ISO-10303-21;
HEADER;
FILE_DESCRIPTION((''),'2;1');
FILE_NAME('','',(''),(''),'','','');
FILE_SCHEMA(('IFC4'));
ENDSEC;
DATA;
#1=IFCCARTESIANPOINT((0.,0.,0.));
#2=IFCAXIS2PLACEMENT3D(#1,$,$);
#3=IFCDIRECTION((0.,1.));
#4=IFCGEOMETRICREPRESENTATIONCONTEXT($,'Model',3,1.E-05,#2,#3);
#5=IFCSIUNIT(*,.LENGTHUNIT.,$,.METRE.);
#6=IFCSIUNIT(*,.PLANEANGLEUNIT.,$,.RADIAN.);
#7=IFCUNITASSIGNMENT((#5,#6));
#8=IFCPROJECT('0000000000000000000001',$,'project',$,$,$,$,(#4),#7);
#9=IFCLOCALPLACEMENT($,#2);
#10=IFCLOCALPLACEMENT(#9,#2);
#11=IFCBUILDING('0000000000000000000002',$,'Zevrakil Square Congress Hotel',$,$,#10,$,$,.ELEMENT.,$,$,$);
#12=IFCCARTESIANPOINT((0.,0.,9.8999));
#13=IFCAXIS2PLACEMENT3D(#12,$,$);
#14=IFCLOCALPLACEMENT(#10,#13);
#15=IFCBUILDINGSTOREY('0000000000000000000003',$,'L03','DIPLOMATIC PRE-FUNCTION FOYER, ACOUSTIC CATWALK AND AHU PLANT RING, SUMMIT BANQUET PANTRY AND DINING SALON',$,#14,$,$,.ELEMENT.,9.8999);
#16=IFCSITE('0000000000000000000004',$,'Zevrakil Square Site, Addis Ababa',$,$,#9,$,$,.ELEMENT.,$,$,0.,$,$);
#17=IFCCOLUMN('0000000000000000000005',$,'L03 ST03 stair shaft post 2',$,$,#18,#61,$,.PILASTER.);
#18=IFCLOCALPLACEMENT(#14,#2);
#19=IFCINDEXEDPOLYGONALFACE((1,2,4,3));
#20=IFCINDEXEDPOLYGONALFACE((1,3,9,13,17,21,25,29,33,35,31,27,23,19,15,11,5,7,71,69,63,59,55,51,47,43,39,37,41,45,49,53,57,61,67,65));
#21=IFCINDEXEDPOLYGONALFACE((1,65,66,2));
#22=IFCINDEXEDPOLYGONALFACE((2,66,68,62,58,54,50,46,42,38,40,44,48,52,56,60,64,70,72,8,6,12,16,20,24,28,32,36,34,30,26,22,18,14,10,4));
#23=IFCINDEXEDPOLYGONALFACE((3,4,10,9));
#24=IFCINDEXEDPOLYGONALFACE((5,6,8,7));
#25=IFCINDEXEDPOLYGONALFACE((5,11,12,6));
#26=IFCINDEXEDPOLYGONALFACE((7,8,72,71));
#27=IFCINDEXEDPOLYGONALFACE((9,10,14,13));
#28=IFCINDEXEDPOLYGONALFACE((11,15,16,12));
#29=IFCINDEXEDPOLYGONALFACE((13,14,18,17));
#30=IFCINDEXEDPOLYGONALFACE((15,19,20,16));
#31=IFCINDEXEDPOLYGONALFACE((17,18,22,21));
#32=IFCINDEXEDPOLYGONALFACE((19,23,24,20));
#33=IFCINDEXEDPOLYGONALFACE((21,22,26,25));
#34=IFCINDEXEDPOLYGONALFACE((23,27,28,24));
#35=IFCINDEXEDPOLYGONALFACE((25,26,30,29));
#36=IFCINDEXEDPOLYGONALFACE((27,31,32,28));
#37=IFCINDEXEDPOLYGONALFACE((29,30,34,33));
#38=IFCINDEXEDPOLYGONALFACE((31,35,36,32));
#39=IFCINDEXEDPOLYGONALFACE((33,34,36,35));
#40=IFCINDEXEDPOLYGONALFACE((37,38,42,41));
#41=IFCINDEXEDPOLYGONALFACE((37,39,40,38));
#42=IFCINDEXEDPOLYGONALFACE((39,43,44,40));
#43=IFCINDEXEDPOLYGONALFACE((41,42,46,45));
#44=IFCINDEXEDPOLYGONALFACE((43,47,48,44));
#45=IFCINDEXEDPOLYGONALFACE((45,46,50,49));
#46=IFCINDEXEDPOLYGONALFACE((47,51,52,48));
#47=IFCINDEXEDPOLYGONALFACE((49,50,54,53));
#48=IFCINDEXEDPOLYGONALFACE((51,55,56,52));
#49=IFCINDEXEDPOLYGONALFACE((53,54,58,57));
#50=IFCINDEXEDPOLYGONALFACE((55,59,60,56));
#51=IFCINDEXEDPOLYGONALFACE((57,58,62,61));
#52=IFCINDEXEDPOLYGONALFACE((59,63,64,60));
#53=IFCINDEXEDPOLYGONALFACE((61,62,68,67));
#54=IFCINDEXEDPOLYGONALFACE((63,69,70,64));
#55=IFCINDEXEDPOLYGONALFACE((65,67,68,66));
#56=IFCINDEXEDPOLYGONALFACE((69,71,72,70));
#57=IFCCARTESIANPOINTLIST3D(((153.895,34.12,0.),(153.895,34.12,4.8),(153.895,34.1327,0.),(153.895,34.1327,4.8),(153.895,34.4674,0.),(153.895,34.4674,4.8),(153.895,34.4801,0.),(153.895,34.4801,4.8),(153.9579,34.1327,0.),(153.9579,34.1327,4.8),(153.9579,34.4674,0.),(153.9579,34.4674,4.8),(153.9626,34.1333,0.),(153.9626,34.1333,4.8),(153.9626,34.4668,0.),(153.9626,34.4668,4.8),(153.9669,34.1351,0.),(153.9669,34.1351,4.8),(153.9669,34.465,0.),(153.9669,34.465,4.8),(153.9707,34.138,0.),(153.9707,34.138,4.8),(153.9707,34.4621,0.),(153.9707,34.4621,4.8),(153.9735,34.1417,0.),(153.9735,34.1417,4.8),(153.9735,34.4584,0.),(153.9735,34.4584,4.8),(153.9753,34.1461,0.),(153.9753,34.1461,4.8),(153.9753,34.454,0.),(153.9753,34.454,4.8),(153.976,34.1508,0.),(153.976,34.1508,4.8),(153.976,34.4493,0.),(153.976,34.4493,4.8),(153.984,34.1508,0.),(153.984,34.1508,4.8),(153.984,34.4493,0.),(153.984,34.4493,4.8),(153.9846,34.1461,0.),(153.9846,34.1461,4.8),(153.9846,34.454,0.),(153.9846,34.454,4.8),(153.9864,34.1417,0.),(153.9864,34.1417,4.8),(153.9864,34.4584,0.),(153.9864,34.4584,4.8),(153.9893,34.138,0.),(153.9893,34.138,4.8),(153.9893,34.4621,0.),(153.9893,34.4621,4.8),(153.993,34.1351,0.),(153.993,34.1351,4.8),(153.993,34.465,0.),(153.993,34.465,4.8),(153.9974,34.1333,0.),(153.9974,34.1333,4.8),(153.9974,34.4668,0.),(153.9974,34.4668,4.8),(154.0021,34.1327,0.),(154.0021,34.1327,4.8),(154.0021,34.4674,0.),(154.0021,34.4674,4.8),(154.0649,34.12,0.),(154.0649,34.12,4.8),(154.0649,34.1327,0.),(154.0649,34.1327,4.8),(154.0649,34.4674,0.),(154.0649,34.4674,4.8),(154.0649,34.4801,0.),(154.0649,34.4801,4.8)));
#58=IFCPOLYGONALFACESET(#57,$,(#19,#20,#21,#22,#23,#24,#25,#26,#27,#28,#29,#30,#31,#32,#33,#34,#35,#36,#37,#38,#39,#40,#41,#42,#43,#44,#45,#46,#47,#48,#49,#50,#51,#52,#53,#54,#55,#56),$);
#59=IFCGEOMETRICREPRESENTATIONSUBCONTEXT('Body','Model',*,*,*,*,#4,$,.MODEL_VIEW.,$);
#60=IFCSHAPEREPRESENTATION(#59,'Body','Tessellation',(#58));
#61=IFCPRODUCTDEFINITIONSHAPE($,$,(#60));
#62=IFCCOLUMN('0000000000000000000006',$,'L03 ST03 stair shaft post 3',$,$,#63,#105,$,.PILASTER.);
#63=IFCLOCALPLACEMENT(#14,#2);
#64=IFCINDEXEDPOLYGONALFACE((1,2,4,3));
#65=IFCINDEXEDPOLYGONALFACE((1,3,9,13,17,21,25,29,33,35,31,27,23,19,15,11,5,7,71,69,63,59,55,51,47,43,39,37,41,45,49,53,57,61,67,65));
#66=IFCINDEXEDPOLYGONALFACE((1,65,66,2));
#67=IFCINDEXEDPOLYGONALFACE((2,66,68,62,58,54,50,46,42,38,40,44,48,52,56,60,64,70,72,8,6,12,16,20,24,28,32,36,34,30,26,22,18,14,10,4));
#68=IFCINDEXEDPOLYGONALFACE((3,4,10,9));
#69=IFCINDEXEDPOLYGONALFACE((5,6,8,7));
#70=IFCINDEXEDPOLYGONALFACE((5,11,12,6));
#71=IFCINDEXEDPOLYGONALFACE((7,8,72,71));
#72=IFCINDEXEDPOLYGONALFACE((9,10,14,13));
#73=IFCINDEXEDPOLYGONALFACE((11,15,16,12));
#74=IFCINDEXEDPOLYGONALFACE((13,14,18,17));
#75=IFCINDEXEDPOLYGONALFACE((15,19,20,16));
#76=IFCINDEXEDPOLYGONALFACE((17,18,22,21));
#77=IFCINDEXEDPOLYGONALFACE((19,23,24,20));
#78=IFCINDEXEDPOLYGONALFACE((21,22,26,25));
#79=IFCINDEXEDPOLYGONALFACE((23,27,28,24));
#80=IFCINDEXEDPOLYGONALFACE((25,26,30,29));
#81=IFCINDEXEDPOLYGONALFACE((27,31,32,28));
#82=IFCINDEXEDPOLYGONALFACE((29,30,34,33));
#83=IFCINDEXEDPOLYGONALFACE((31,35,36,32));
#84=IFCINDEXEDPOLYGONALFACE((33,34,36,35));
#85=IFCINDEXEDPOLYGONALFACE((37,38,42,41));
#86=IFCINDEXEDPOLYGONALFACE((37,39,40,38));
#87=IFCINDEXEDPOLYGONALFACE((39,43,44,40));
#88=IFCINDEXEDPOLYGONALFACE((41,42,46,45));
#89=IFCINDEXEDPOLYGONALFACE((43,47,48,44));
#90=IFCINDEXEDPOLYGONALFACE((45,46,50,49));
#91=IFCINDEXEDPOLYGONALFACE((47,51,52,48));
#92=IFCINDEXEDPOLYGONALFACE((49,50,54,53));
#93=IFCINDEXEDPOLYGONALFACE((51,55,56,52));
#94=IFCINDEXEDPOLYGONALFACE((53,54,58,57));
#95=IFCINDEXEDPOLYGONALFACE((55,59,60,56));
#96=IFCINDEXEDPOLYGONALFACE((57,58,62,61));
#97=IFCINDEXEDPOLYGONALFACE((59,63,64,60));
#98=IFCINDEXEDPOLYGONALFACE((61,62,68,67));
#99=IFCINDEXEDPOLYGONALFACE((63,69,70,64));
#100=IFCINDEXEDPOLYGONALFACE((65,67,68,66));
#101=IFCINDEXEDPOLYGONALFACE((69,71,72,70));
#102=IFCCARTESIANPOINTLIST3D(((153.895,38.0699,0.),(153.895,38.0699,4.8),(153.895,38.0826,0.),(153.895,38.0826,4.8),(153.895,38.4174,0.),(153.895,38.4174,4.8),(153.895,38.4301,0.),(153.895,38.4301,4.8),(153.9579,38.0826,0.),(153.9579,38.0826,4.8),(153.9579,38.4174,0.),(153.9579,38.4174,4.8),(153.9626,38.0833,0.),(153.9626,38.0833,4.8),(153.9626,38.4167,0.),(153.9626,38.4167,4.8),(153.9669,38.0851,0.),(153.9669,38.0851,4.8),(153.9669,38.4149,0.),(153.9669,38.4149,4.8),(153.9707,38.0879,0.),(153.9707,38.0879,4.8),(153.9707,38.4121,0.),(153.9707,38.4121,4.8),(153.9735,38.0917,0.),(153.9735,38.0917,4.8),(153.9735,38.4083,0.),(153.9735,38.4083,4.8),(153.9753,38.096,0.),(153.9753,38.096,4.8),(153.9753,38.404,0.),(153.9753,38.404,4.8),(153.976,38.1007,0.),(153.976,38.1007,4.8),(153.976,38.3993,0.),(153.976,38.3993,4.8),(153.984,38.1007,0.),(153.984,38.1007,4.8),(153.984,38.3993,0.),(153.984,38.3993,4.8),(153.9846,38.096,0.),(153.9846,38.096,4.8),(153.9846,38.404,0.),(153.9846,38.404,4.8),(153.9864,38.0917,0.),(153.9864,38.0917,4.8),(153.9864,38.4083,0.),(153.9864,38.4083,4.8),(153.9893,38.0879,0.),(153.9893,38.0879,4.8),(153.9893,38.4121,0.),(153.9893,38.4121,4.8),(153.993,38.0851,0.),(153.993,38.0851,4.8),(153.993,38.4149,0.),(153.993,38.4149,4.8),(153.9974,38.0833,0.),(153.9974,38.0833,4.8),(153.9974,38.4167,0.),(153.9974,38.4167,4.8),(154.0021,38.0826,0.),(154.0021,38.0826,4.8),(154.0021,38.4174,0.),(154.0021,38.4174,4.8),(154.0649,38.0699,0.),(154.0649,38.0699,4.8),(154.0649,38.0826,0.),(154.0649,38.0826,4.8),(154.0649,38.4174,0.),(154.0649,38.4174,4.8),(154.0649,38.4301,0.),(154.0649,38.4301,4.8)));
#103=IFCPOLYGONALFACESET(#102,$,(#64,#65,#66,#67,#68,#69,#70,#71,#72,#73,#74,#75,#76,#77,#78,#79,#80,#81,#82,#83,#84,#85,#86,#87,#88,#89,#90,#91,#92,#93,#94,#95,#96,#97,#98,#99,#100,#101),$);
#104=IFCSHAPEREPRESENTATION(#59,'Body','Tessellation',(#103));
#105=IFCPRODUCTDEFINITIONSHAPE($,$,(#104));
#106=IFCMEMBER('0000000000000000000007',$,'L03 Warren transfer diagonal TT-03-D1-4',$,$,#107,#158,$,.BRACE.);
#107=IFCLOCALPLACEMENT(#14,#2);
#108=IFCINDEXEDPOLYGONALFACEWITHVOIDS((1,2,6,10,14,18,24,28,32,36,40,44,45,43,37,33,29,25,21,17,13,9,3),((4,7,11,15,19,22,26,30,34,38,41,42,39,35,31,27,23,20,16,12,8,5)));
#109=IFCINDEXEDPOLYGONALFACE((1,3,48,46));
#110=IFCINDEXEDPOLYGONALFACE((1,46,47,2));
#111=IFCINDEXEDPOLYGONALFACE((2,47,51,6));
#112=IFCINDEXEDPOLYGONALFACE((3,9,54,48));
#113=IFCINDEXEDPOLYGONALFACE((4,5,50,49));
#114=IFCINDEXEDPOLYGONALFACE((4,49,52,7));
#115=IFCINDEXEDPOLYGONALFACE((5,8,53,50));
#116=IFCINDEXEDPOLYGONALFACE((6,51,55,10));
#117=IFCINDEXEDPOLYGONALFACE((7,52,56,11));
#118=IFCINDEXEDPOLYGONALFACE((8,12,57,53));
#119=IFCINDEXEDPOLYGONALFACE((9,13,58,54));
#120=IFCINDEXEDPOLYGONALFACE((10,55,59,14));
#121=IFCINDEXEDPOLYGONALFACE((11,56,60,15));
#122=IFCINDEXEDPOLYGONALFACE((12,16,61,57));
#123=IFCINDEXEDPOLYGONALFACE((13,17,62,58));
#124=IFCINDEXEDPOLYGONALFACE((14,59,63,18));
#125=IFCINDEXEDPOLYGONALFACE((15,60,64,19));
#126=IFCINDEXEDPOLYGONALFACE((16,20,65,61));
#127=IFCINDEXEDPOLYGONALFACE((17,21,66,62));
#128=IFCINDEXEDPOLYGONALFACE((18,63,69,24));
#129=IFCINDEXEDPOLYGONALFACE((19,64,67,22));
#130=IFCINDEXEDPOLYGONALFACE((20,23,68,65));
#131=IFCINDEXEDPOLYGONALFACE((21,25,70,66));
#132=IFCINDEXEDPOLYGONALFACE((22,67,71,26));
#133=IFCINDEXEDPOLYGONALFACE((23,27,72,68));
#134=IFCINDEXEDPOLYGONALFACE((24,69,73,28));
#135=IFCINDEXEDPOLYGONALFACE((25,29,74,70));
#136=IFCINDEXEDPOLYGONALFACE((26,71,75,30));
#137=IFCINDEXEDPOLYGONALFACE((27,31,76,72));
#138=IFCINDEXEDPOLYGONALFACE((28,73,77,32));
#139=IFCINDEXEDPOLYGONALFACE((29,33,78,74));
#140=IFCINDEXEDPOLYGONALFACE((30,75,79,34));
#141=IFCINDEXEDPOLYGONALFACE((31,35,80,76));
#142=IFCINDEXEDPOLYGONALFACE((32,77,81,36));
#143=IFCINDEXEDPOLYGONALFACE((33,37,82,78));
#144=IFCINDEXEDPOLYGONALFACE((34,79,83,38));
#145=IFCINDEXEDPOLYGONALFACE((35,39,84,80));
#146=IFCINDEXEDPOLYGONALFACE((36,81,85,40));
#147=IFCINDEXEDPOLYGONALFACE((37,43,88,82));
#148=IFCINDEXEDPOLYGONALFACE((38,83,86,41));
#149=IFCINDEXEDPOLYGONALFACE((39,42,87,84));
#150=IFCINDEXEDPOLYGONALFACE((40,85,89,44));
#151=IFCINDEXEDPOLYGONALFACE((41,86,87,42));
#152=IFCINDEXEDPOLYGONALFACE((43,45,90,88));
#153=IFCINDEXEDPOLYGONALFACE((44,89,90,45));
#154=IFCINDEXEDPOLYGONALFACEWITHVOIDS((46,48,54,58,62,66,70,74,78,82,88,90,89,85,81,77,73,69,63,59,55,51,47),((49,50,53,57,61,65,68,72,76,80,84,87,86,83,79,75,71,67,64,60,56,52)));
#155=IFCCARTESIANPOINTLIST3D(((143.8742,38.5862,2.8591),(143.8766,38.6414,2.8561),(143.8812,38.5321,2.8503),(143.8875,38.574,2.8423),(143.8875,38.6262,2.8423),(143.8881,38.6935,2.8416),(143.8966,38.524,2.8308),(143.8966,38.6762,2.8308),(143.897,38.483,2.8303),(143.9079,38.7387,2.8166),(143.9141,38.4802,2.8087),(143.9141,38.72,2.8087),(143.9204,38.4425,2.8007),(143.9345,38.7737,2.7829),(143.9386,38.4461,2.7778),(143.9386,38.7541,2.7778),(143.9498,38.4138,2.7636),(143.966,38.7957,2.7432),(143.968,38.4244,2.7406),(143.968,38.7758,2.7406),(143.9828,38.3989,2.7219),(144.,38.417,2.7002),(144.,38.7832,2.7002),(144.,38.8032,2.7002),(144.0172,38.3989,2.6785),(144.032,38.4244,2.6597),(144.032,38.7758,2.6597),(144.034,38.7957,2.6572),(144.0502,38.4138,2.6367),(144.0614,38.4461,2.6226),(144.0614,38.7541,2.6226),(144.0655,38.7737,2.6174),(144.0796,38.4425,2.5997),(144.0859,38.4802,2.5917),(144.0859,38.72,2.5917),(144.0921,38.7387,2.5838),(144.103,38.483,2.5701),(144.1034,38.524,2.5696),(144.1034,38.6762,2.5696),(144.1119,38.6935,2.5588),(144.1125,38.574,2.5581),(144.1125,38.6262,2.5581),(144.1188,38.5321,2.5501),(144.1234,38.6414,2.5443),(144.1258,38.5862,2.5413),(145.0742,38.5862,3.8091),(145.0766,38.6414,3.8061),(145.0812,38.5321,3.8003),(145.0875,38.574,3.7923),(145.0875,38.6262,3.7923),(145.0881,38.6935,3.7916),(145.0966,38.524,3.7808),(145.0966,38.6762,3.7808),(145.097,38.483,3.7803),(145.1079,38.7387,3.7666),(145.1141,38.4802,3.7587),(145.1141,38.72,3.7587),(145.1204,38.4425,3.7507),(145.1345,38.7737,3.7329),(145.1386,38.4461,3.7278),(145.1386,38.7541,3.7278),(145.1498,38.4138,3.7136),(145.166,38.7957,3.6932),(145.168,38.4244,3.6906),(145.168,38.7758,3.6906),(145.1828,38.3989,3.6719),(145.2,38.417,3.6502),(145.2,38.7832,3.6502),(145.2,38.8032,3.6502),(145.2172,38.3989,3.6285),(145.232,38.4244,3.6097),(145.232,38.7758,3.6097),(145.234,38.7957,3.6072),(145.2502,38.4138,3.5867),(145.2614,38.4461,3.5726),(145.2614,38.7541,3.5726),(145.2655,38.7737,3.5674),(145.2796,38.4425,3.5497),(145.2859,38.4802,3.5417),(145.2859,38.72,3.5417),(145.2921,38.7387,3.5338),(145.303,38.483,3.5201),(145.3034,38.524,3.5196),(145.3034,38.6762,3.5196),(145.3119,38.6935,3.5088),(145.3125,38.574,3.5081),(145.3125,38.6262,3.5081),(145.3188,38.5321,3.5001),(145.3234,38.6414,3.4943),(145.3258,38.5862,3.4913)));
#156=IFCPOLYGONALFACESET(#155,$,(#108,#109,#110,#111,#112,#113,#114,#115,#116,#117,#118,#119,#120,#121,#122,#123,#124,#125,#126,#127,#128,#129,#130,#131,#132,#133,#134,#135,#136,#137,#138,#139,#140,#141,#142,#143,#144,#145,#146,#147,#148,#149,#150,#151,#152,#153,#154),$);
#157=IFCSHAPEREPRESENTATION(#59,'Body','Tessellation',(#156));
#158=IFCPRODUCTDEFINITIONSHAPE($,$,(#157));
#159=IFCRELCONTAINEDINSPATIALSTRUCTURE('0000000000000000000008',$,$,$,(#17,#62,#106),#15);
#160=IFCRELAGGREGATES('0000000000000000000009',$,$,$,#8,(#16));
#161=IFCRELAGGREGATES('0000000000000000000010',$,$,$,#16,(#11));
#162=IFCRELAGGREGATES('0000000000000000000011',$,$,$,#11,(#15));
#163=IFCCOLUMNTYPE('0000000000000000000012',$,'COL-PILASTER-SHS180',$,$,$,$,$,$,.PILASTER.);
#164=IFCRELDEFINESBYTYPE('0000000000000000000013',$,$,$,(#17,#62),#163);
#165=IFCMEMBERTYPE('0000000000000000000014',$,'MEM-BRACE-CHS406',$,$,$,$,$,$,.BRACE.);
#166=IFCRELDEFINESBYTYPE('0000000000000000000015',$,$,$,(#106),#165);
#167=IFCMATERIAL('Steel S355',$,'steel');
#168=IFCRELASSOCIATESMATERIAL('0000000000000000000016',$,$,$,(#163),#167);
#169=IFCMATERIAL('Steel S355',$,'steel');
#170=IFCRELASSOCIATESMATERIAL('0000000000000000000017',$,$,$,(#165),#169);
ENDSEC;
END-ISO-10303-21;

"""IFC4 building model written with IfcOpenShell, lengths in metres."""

from ifc_helpers import new_model, si_unit, direction, frame, origin, origin_2d, place, context, subcontext, project, spatial, hollow_circle, i_section, extrude, material, material_profile, profile_set, type_object, element, save


model = new_model("IFC4")

# Units and contexts
model_context = context("Model", 3, precision=1e-05, world=origin(), true_north=direction((0.0, 1.0)))
body_context = subcontext(model_context, "Body", "Model", "MODEL_VIEW")
ifc_project = project(units=[si_unit("LENGTHUNIT", "METRE"), si_unit("PLANEANGLEUNIT", "RADIAN")], contexts=[model_context])

# Site, building, storey
site_placement = place(None, origin())
site = spatial("IfcSite", under=ifc_project, at=site_placement, Name="Zevrakil Square Site, Addis Ababa", CompositionType="ELEMENT", RefElevation=0.0)
building_placement = place(site_placement, origin())
building = spatial("IfcBuilding", under=site, at=building_placement, Name="Zevrakil Square Congress Hotel", CompositionType="ELEMENT")
storey_placement = place(building_placement, frame((0.0, 0.0, 9.8999)))
storey = spatial("IfcBuildingStorey", under=building, at=storey_placement, Name="L03", Description="DIPLOMATIC PRE-FUNCTION FOYER, ACOUSTIC CATWALK AND AHU PLANT RING, SUMMIT BANQUET PANTRY AND DINING SALON", CompositionType="ELEMENT", Elevation=9.8999)

# Columns
ifc_material_1 = material(Name="Steel S355", Category="steel")
ifc_material_profile_1 = material_profile(ifc_material_1, i_section(OverallWidth=0.1699, OverallDepth=0.3601, WebThickness=0.0081, FlangeThickness=0.0127, FilletRadius=0.0181, at=origin_2d()), Name="IPE 360")
ifc_profile_set_1 = profile_set([ifc_material_profile_1], Name="Steel S355")
column_type = type_object("IfcColumnType", Name="COL-PILASTER-SHS180", PredefinedType="PILASTER", material=ifc_profile_set_1)
for number, where, z_axis, x_axis, name in (
    (1, (153.98, 34.3, 0.0), (0.0, 0.0, 1.0), (1.0, 0.0, 0.0), "L03 ST03 stair shaft post 2"),
    (2, (153.98, 38.25, 0.0), (0.0, 0.0, 1.0), (1.0, 0.0, 0.0), "L03 ST03 stair shaft post 3"),
):
    element("IfcColumn", number, at=place(storey_placement, frame(where, z_axis=z_axis, x_axis=x_axis)), inside=storey, type_object=column_type, Name=name, PredefinedType="PILASTER", context=body_context, shape_type="SweptSolid", body=[
        extrude(i_section(OverallWidth=0.1699, OverallDepth=0.3601, WebThickness=0.0081, FlangeThickness=0.0127, FilletRadius=0.0181, at=origin_2d()), origin(), (0.0, 0.0, 1.0), 4.8),
    ])

# Member
ifc_material_2 = material(Name="Steel S355", Category="steel")
ifc_material_profile_2 = material_profile(ifc_material_2, hollow_circle(Radius=0.2031, WallThickness=0.02, at=origin_2d()), Name="CHS 406.4x20")
ifc_profile_set_2 = profile_set([ifc_material_profile_2], Name="Steel S355")
member_type = type_object("IfcMemberType", Name="MEM-BRACE-CHS406", PredefinedType="BRACE", material=ifc_profile_set_2)
for number, where, z_axis, x_axis, name in (
    (3, (144.0, 38.6001, 2.7002), (0.784049, 0.0, 0.620699), (0.0, 1.0, 0.0), "L03 Warren transfer diagonal TT-03-D1-4"),
):
    element("IfcMember", number, at=place(storey_placement, frame(where, z_axis=z_axis, x_axis=x_axis)), inside=storey, type_object=member_type, Name=name, PredefinedType="BRACE", context=body_context, shape_type="SweptSolid", body=[
        extrude(hollow_circle(Radius=0.2031, WallThickness=0.02, at=origin_2d()), origin(), (0.0, 0.0, 1.0), 1.5305),
    ])

save(model, "model.ifc")
